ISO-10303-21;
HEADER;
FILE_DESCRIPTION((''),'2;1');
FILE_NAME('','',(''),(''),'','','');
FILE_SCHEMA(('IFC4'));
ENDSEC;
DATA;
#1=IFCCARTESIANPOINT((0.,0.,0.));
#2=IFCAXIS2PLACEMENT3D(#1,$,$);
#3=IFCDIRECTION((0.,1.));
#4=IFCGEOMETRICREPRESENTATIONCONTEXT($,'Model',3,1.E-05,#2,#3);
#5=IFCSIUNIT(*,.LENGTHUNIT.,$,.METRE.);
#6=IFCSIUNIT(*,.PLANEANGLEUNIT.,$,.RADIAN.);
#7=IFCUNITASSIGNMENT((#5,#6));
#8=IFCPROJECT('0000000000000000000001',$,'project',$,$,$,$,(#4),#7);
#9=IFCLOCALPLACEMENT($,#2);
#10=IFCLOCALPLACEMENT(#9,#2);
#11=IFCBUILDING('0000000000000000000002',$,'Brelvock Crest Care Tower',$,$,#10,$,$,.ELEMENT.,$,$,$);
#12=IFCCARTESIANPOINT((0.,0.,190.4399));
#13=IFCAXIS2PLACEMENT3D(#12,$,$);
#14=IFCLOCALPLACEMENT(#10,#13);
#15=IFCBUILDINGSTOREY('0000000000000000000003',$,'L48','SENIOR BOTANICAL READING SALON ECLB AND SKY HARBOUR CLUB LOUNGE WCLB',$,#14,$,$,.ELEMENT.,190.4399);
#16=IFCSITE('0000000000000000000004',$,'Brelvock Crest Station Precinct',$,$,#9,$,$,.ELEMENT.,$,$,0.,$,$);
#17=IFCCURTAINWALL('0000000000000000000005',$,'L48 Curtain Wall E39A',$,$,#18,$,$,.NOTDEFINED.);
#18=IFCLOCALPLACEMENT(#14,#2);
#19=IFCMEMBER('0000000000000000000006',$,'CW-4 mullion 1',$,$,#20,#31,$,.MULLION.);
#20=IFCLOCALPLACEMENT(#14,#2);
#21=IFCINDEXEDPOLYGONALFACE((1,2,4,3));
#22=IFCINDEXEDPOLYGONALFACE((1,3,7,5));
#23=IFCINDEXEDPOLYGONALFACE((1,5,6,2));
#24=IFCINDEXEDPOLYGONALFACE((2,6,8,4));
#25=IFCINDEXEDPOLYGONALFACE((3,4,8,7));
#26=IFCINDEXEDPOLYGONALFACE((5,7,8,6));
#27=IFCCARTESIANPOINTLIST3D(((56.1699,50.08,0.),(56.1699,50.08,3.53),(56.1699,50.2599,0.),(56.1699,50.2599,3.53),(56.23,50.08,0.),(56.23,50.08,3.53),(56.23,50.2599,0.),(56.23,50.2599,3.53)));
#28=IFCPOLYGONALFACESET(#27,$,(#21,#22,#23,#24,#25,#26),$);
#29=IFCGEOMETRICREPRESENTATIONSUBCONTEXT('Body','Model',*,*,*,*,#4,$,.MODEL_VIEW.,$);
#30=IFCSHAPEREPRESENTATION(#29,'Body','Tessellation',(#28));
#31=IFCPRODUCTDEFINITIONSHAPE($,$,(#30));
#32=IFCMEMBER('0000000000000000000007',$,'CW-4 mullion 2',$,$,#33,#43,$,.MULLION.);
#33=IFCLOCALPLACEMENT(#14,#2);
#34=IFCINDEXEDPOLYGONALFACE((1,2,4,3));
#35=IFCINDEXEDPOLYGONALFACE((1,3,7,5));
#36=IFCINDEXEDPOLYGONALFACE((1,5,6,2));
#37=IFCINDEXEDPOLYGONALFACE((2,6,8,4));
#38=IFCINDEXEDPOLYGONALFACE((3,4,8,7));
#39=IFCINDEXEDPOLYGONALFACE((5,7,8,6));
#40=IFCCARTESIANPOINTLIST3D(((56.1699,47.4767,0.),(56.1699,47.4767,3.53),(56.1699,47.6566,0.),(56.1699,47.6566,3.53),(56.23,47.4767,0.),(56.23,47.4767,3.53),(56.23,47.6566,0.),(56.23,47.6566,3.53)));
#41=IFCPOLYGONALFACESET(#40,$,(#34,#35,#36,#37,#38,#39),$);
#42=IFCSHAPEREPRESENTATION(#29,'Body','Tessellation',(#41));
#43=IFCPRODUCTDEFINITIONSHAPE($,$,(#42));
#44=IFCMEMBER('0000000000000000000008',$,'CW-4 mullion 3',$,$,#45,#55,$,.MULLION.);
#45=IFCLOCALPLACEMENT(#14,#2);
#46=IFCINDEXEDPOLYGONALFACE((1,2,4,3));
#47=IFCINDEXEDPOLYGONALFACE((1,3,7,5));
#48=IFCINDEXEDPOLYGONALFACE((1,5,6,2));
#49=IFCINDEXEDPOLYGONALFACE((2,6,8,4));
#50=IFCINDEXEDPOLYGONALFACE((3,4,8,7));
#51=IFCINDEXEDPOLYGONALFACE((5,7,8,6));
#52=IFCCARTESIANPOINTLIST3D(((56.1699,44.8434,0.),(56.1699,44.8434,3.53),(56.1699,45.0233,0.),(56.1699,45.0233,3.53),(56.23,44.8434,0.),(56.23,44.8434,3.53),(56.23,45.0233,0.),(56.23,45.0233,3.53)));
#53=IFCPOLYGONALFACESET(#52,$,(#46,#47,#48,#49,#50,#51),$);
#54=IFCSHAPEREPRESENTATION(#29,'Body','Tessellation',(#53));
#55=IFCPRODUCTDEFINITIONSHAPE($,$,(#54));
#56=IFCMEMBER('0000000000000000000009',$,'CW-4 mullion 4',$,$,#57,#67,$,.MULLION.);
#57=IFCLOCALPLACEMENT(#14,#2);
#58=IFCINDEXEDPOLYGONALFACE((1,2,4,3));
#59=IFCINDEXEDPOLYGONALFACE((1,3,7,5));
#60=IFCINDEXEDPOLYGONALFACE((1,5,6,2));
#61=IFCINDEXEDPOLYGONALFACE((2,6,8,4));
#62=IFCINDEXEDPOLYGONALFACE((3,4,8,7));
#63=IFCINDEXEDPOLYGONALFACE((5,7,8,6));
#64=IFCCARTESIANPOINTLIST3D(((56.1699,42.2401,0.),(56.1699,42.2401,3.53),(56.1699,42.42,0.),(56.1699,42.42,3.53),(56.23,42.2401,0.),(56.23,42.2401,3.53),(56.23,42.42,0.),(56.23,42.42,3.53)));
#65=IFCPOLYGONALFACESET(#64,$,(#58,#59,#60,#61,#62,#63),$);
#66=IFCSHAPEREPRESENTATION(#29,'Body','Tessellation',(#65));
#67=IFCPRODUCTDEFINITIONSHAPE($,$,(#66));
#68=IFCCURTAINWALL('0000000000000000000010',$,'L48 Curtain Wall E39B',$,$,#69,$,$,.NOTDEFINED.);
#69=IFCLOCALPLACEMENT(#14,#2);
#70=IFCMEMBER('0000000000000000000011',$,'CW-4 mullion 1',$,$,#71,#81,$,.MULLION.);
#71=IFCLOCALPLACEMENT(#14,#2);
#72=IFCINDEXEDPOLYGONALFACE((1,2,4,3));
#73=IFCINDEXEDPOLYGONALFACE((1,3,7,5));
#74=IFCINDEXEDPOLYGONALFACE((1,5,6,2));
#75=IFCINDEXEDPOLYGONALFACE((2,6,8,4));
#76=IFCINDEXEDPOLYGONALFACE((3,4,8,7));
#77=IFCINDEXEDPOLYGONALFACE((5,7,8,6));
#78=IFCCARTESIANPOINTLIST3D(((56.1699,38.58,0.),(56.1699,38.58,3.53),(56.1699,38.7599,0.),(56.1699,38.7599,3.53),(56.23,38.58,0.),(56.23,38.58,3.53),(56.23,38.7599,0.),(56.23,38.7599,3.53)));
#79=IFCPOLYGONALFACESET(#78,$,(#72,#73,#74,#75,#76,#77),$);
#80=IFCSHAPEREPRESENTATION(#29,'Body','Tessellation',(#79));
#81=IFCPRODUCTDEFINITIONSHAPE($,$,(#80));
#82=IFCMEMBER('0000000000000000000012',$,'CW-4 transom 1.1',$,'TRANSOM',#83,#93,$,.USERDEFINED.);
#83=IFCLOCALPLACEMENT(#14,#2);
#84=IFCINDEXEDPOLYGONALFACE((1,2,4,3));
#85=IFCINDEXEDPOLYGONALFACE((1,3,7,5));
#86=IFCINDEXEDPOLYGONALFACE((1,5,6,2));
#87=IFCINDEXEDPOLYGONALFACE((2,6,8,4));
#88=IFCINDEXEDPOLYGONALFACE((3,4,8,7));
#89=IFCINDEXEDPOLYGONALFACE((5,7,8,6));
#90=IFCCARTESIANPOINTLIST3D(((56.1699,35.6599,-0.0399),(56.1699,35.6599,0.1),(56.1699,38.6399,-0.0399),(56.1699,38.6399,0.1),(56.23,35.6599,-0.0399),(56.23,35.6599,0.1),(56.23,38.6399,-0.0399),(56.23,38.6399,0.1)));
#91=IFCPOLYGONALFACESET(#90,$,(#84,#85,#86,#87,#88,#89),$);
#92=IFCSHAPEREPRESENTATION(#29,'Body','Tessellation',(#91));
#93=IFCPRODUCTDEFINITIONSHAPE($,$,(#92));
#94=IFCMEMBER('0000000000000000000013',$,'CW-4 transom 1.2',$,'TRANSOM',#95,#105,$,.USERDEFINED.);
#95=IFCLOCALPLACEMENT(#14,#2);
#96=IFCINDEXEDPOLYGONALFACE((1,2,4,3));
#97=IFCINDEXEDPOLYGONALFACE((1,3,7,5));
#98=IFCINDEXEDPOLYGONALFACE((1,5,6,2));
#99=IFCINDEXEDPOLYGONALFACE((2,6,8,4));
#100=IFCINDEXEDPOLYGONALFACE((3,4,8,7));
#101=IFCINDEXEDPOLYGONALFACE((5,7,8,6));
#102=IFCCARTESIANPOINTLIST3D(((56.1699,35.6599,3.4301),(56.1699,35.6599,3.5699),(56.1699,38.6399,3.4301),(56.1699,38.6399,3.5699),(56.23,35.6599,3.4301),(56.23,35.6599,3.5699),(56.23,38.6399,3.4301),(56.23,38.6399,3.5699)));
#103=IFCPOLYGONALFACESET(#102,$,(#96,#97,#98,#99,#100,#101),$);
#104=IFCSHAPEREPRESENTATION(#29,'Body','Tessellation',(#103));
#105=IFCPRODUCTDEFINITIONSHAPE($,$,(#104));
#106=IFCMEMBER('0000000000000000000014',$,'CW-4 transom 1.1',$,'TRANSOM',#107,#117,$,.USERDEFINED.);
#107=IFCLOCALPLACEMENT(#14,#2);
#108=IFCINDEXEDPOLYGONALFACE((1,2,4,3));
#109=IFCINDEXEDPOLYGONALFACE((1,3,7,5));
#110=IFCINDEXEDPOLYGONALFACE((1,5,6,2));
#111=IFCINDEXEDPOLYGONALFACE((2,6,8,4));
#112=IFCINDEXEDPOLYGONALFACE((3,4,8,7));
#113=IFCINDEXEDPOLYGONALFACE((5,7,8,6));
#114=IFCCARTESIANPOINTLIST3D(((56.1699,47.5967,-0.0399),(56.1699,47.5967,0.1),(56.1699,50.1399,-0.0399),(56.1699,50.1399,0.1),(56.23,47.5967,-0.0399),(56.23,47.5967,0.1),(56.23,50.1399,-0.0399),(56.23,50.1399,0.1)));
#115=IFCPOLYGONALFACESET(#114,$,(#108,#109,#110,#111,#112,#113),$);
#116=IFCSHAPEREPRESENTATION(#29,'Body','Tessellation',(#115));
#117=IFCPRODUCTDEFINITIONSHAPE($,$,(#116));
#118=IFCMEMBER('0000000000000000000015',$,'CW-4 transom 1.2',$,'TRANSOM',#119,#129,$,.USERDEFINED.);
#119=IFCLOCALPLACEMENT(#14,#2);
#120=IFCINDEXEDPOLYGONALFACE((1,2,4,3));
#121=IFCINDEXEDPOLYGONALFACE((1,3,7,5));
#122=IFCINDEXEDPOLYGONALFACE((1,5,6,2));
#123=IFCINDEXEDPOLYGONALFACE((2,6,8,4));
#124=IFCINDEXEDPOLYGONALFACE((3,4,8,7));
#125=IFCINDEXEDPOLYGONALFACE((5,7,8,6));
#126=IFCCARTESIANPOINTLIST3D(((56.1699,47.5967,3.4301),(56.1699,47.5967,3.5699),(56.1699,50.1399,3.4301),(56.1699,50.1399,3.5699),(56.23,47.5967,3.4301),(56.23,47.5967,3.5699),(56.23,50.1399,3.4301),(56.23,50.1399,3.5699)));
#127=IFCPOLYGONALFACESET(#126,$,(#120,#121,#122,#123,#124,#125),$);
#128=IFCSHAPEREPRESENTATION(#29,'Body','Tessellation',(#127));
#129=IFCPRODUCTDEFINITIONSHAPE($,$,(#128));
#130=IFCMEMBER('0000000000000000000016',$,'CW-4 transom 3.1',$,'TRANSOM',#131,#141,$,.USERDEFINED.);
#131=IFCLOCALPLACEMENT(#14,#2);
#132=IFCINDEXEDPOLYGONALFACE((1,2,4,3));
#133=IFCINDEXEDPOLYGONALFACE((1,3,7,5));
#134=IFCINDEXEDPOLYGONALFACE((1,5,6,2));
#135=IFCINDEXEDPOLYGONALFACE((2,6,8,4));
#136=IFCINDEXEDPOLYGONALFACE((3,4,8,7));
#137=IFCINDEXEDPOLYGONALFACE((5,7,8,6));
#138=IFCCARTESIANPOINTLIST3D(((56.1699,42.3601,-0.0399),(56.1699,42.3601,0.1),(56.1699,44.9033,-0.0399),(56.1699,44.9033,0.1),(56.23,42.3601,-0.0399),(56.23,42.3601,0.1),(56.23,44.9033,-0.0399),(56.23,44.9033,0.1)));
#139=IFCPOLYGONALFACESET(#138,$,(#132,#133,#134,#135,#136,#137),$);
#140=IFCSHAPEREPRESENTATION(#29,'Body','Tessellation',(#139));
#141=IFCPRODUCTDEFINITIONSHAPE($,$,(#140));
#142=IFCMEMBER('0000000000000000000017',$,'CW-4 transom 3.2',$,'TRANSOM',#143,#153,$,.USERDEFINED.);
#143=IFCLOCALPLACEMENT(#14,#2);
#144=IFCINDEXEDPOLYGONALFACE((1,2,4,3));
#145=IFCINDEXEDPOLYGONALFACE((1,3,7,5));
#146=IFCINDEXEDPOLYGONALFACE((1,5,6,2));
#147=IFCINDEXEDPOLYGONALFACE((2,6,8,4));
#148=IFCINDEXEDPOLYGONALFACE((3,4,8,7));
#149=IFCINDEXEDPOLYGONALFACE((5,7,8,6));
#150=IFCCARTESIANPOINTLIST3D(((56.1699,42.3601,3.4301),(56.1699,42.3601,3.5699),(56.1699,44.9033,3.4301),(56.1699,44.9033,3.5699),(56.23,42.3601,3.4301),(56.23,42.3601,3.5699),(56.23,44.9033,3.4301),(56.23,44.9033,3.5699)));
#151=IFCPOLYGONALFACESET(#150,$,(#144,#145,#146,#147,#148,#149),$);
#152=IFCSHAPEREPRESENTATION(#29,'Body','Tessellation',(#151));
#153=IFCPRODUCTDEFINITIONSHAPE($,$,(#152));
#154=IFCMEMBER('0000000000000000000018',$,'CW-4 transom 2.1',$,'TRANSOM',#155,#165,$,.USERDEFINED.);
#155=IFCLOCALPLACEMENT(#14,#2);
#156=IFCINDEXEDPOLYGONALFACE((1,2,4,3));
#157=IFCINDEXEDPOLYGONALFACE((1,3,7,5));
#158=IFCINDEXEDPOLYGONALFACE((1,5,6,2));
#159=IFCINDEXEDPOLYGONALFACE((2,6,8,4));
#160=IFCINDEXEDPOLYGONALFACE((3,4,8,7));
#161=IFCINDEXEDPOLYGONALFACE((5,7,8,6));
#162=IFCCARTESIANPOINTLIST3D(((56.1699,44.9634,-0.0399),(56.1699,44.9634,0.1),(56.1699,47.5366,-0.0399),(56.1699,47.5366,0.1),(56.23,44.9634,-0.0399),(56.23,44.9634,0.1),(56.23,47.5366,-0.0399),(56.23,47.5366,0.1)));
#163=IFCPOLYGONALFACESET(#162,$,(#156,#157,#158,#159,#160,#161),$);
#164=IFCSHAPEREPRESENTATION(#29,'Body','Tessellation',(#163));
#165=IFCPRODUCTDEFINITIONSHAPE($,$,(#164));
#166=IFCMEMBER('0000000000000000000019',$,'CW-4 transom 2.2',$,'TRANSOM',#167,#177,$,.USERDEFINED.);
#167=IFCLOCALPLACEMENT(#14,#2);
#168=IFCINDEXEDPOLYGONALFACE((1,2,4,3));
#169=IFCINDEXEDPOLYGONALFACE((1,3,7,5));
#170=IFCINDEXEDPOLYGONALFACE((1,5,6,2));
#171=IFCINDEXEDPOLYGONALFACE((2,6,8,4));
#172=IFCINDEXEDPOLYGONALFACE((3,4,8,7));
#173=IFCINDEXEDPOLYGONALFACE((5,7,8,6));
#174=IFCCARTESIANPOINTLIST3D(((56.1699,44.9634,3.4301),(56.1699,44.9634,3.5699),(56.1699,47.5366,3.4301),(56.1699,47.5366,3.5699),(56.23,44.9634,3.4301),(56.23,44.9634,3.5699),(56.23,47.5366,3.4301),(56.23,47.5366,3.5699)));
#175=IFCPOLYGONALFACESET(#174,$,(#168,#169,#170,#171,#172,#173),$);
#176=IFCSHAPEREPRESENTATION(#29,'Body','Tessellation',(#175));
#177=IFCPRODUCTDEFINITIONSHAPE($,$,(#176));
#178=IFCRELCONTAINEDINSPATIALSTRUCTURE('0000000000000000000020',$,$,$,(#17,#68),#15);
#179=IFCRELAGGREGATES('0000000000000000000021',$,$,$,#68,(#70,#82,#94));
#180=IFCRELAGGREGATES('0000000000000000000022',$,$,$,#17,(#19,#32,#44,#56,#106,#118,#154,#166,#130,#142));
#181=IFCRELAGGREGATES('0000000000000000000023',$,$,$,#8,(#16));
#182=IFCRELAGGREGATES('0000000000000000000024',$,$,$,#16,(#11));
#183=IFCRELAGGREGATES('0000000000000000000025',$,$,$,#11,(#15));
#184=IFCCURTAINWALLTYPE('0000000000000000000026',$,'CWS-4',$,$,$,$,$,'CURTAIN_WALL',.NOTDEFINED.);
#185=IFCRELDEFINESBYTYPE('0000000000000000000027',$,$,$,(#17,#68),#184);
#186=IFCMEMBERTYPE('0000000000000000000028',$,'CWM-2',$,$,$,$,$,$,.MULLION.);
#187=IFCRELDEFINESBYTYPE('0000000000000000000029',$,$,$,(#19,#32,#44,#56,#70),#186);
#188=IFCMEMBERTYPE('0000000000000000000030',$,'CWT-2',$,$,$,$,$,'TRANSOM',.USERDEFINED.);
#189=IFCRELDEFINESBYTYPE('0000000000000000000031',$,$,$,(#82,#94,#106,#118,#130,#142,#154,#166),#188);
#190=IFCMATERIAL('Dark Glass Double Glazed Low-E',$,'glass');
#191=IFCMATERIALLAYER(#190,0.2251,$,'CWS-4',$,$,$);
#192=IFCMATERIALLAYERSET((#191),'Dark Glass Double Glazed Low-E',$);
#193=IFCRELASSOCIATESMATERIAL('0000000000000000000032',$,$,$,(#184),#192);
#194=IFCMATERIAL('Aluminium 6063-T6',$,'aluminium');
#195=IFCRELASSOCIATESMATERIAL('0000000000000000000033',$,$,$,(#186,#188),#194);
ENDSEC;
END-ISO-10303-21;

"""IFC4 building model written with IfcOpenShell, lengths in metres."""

from ifc_helpers import new_model, si_unit, direction, frame, origin, origin_2d, place, context, subcontext, project, spatial, rectangle, extrude, source, transform, mapped, material, layer, layer_set, material_profile, profile_set, type_object, element, aggregate, save


model = new_model("IFC4")

# Units and contexts
model_context = context("Model", 3, precision=1e-05, world=origin(), true_north=direction((0.0, 1.0)))
body_context = subcontext(model_context, "Body", "Model", "MODEL_VIEW")
ifc_project = project(units=[si_unit("LENGTHUNIT", "METRE"), si_unit("PLANEANGLEUNIT", "RADIAN")], contexts=[model_context])

# Site, building, storey
site_placement = place(None, origin())
site = spatial("IfcSite", under=ifc_project, at=site_placement, Name="Brelvock Crest Station Precinct", CompositionType="ELEMENT", RefElevation=0.0)
building_placement = place(site_placement, origin())
building = spatial("IfcBuilding", under=site, at=building_placement, Name="Brelvock Crest Care Tower", CompositionType="ELEMENT")
storey_placement = place(building_placement, frame((0.0, 0.0, 190.4399)))
storey = spatial("IfcBuildingStorey", under=building, at=storey_placement, Name="L48", Description="SENIOR BOTANICAL READING SALON ECLB AND SKY HARBOUR CLUB LOUNGE WCLB", CompositionType="ELEMENT", Elevation=190.4399)

# Curtain walls, members
ifc_material_1 = material(Name="Dark Glass Double Glazed Low-E", Category="glass")
ifc_layer_1 = layer(ifc_material_1, 0.2251, Name="CWS-4")
ifc_layer_set_1 = layer_set([ifc_layer_1], Name="Dark Glass Double Glazed Low-E")
curtain_wall_type = type_object("IfcCurtainWallType", Name="CWS-4", ElementType="CURTAIN_WALL", PredefinedType="NOTDEFINED", material=ifc_layer_set_1)
curtain_wall_1_placement = place(storey_placement, origin())
curtain_wall_1 = element("IfcCurtainWall", 1, at=curtain_wall_1_placement, inside=storey, type_object=curtain_wall_type, Name="L48 Curtain Wall E39A", PredefinedType="NOTDEFINED")
ifc_material_2 = material(Name="Aluminium 6063-T6", Category="aluminium")
ifc_material_profile_1 = material_profile(ifc_material_2, rectangle(XDim=0.0601, YDim=0.1799, at=origin_2d()), Name="ALU60x180")
ifc_profile_set_1 = profile_set([ifc_material_profile_1], Name="Aluminium 6063-T6")
member_type_1 = type_object("IfcMemberType", Name="CWM-2", PredefinedType="MULLION", material=ifc_profile_set_1)
shared_shape_1 = source(origin(), body_context, "Body", "SweptSolid", [
    extrude(rectangle(XDim=0.0601, YDim=0.1799, at=origin_2d()), origin(), (0.0, 0.0, 1.0), 3.53),
])
member_1_placement = place(storey_placement, frame((56.2, 50.1699, 0.0), z_axis=(0.0, 0.0, 1.0), x_axis=(1.0, 0.0, 0.0)))
member_1 = element("IfcMember", 2, at=member_1_placement, type_object=member_type_1, Name="CW-4 mullion 1", PredefinedType="MULLION", context=body_context, shape_type="MappedRepresentation", body=[
    mapped(shared_shape_1, transform((0.0, 0.0, 0.0), x_axis=(1.0, 0.0, 0.0), y_axis=(0.0, 1.0, 0.0), z_axis=(0.0, 0.0, 1.0), scale=1.0)),
])
member_2_placement = place(storey_placement, frame((56.2, 47.5667, 0.0), z_axis=(0.0, 0.0, 1.0), x_axis=(1.0, 0.0, 0.0)))
member_2 = element("IfcMember", 3, at=member_2_placement, type_object=member_type_1, Name="CW-4 mullion 2", PredefinedType="MULLION", context=body_context, shape_type="MappedRepresentation", body=[
    mapped(shared_shape_1, transform((0.0, 0.0, 0.0), x_axis=(1.0, 0.0, 0.0), y_axis=(0.0, 1.0, 0.0), z_axis=(0.0, 0.0, 1.0), scale=1.0)),
])
member_3_placement = place(storey_placement, frame((56.2, 44.9333, 0.0), z_axis=(0.0, 0.0, 1.0), x_axis=(1.0, 0.0, 0.0)))
member_3 = element("IfcMember", 4, at=member_3_placement, type_object=member_type_1, Name="CW-4 mullion 3", PredefinedType="MULLION", context=body_context, shape_type="MappedRepresentation", body=[
    mapped(shared_shape_1, transform((0.0, 0.0, 0.0), x_axis=(1.0, 0.0, 0.0), y_axis=(0.0, 1.0, 0.0), z_axis=(0.0, 0.0, 1.0), scale=1.0)),
])
member_4_placement = place(storey_placement, frame((56.2, 42.3301, 0.0), z_axis=(0.0, 0.0, 1.0), x_axis=(1.0, 0.0, 0.0)))
member_4 = element("IfcMember", 5, at=member_4_placement, type_object=member_type_1, Name="CW-4 mullion 4", PredefinedType="MULLION", context=body_context, shape_type="MappedRepresentation", body=[
    mapped(shared_shape_1, transform((0.0, 0.0, 0.0), x_axis=(1.0, 0.0, 0.0), y_axis=(0.0, 1.0, 0.0), z_axis=(0.0, 0.0, 1.0), scale=1.0)),
])
curtain_wall_2_placement = place(storey_placement, origin())
curtain_wall_2 = element("IfcCurtainWall", 6, at=curtain_wall_2_placement, inside=storey, type_object=curtain_wall_type, Name="L48 Curtain Wall E39B", PredefinedType="NOTDEFINED")
member_5_placement = place(storey_placement, frame((56.2, 38.6699, 0.0), z_axis=(0.0, 0.0, 1.0), x_axis=(1.0, 0.0, 0.0)))
member_5 = element("IfcMember", 7, at=member_5_placement, type_object=member_type_1, Name="CW-4 mullion 1", PredefinedType="MULLION", context=body_context, shape_type="MappedRepresentation", body=[
    mapped(shared_shape_1, transform((0.0, 0.0, 0.0), x_axis=(1.0, 0.0, 0.0), y_axis=(0.0, 1.0, 0.0), z_axis=(0.0, 0.0, 1.0), scale=1.0)),
])
ifc_material_profile_2 = material_profile(ifc_material_2, rectangle(XDim=0.0601, YDim=0.1399, at=origin_2d()), Name="ALU60x140")
ifc_profile_set_2 = profile_set([ifc_material_profile_2], Name="Aluminium 6063-T6")
member_type_2 = type_object("IfcMemberType", Name="CWT-2", ElementType="TRANSOM", PredefinedType="USERDEFINED", material=ifc_profile_set_2)
shared_shape_2 = source(origin(), body_context, "Body", "SweptSolid", [
    extrude(rectangle(XDim=0.0601, YDim=0.1399, at=origin_2d()), origin(), (0.0, 0.0, 1.0), 2.98),
])
member_6_placement = place(storey_placement, frame((56.2, 38.6399, 0.03), z_axis=(0.0, -1.0, 0.0), x_axis=(1.0, 0.0, 0.0)))
member_6 = element("IfcMember", 8, at=member_6_placement, type_object=member_type_2, Name="CW-4 transom 1.1", ObjectType="TRANSOM", PredefinedType="USERDEFINED", context=body_context, shape_type="MappedRepresentation", body=[
    mapped(shared_shape_2, transform((0.0, 0.0, 0.0), x_axis=(1.0, 0.0, 0.0), y_axis=(0.0, 1.0, 0.0), z_axis=(0.0, 0.0, 1.0), scale=1.0)),
])
member_7_placement = place(storey_placement, frame((56.2, 38.6399, 3.5), z_axis=(0.0, -1.0, 0.0), x_axis=(1.0, 0.0, 0.0)))
member_7 = element("IfcMember", 9, at=member_7_placement, type_object=member_type_2, Name="CW-4 transom 1.2", ObjectType="TRANSOM", PredefinedType="USERDEFINED", context=body_context, shape_type="MappedRepresentation", body=[
    mapped(shared_shape_2, transform((0.0, 0.0, 0.0), x_axis=(1.0, 0.0, 0.0), y_axis=(0.0, 1.0, 0.0), z_axis=(0.0, 0.0, 1.0), scale=1.0)),
])

# Members
shared_shape_3 = source(origin(), body_context, "Body", "SweptSolid", [
    extrude(rectangle(XDim=0.0601, YDim=0.1399, at=origin_2d()), origin(), (0.0, 0.0, 1.0), 2.5432),
])
member_8_placement = place(storey_placement, frame((56.2, 50.1399, 0.03), z_axis=(0.0, -1.0, 0.0), x_axis=(1.0, 0.0, 0.0)))
member_8 = element("IfcMember", 10, at=member_8_placement, type_object=member_type_2, Name="CW-4 transom 1.1", ObjectType="TRANSOM", PredefinedType="USERDEFINED", context=body_context, shape_type="MappedRepresentation", body=[
    mapped(shared_shape_3, transform((0.0, 0.0, 0.0), x_axis=(1.0, 0.0, 0.0), y_axis=(0.0, 1.0, 0.0), z_axis=(0.0, 0.0, 1.0), scale=1.0)),
])
member_9_placement = place(storey_placement, frame((56.2, 50.1399, 3.5), z_axis=(0.0, -1.0, 0.0), x_axis=(1.0, 0.0, 0.0)))
member_9 = element("IfcMember", 11, at=member_9_placement, type_object=member_type_2, Name="CW-4 transom 1.2", ObjectType="TRANSOM", PredefinedType="USERDEFINED", context=body_context, shape_type="MappedRepresentation", body=[
    mapped(shared_shape_3, transform((0.0, 0.0, 0.0), x_axis=(1.0, 0.0, 0.0), y_axis=(0.0, 1.0, 0.0), z_axis=(0.0, 0.0, 1.0), scale=1.0)),
])
member_10_placement = place(storey_placement, frame((56.2, 44.9033, 0.03), z_axis=(0.0, -1.0, 0.0), x_axis=(1.0, 0.0, 0.0)))
member_10 = element("IfcMember", 12, at=member_10_placement, type_object=member_type_2, Name="CW-4 transom 3.1", ObjectType="TRANSOM", PredefinedType="USERDEFINED", context=body_context, shape_type="MappedRepresentation", body=[
    mapped(shared_shape_3, transform((0.0, 0.0, 0.0), x_axis=(1.0, 0.0, 0.0), y_axis=(0.0, 1.0, 0.0), z_axis=(0.0, 0.0, 1.0), scale=1.0)),
])
member_11_placement = place(storey_placement, frame((56.2, 44.9033, 3.5), z_axis=(0.0, -1.0, 0.0), x_axis=(1.0, 0.0, 0.0)))
member_11 = element("IfcMember", 13, at=member_11_placement, type_object=member_type_2, Name="CW-4 transom 3.2", ObjectType="TRANSOM", PredefinedType="USERDEFINED", context=body_context, shape_type="MappedRepresentation", body=[
    mapped(shared_shape_3, transform((0.0, 0.0, 0.0), x_axis=(1.0, 0.0, 0.0), y_axis=(0.0, 1.0, 0.0), z_axis=(0.0, 0.0, 1.0), scale=1.0)),
])
shared_shape_4 = source(origin(), body_context, "Body", "SweptSolid", [
    extrude(rectangle(XDim=0.0601, YDim=0.1399, at=origin_2d()), origin(), (0.0, 0.0, 1.0), 2.5732),
])
member_12_placement = place(storey_placement, frame((56.2, 47.5366, 0.03), z_axis=(0.0, -1.0, 0.0), x_axis=(1.0, 0.0, 0.0)))
member_12 = element("IfcMember", 14, at=member_12_placement, type_object=member_type_2, Name="CW-4 transom 2.1", ObjectType="TRANSOM", PredefinedType="USERDEFINED", context=body_context, shape_type="MappedRepresentation", body=[
    mapped(shared_shape_4, transform((0.0, 0.0, 0.0), x_axis=(1.0, 0.0, 0.0), y_axis=(0.0, 1.0, 0.0), z_axis=(0.0, 0.0, 1.0), scale=1.0)),
])
member_13_placement = place(storey_placement, frame((56.2, 47.5366, 3.5), z_axis=(0.0, -1.0, 0.0), x_axis=(1.0, 0.0, 0.0)))
member_13 = element("IfcMember", 15, at=member_13_placement, type_object=member_type_2, Name="CW-4 transom 2.2", ObjectType="TRANSOM", PredefinedType="USERDEFINED", context=body_context, shape_type="MappedRepresentation", body=[
    mapped(shared_shape_4, transform((0.0, 0.0, 0.0), x_axis=(1.0, 0.0, 0.0), y_axis=(0.0, 1.0, 0.0), z_axis=(0.0, 0.0, 1.0), scale=1.0)),
])

aggregate(curtain_wall_2, [member_5, member_6, member_7])
aggregate(curtain_wall_1, [member_1, member_2, member_3, member_4, member_8, member_9, member_12, member_13, member_10, member_11])

save(model, "model.ifc")
